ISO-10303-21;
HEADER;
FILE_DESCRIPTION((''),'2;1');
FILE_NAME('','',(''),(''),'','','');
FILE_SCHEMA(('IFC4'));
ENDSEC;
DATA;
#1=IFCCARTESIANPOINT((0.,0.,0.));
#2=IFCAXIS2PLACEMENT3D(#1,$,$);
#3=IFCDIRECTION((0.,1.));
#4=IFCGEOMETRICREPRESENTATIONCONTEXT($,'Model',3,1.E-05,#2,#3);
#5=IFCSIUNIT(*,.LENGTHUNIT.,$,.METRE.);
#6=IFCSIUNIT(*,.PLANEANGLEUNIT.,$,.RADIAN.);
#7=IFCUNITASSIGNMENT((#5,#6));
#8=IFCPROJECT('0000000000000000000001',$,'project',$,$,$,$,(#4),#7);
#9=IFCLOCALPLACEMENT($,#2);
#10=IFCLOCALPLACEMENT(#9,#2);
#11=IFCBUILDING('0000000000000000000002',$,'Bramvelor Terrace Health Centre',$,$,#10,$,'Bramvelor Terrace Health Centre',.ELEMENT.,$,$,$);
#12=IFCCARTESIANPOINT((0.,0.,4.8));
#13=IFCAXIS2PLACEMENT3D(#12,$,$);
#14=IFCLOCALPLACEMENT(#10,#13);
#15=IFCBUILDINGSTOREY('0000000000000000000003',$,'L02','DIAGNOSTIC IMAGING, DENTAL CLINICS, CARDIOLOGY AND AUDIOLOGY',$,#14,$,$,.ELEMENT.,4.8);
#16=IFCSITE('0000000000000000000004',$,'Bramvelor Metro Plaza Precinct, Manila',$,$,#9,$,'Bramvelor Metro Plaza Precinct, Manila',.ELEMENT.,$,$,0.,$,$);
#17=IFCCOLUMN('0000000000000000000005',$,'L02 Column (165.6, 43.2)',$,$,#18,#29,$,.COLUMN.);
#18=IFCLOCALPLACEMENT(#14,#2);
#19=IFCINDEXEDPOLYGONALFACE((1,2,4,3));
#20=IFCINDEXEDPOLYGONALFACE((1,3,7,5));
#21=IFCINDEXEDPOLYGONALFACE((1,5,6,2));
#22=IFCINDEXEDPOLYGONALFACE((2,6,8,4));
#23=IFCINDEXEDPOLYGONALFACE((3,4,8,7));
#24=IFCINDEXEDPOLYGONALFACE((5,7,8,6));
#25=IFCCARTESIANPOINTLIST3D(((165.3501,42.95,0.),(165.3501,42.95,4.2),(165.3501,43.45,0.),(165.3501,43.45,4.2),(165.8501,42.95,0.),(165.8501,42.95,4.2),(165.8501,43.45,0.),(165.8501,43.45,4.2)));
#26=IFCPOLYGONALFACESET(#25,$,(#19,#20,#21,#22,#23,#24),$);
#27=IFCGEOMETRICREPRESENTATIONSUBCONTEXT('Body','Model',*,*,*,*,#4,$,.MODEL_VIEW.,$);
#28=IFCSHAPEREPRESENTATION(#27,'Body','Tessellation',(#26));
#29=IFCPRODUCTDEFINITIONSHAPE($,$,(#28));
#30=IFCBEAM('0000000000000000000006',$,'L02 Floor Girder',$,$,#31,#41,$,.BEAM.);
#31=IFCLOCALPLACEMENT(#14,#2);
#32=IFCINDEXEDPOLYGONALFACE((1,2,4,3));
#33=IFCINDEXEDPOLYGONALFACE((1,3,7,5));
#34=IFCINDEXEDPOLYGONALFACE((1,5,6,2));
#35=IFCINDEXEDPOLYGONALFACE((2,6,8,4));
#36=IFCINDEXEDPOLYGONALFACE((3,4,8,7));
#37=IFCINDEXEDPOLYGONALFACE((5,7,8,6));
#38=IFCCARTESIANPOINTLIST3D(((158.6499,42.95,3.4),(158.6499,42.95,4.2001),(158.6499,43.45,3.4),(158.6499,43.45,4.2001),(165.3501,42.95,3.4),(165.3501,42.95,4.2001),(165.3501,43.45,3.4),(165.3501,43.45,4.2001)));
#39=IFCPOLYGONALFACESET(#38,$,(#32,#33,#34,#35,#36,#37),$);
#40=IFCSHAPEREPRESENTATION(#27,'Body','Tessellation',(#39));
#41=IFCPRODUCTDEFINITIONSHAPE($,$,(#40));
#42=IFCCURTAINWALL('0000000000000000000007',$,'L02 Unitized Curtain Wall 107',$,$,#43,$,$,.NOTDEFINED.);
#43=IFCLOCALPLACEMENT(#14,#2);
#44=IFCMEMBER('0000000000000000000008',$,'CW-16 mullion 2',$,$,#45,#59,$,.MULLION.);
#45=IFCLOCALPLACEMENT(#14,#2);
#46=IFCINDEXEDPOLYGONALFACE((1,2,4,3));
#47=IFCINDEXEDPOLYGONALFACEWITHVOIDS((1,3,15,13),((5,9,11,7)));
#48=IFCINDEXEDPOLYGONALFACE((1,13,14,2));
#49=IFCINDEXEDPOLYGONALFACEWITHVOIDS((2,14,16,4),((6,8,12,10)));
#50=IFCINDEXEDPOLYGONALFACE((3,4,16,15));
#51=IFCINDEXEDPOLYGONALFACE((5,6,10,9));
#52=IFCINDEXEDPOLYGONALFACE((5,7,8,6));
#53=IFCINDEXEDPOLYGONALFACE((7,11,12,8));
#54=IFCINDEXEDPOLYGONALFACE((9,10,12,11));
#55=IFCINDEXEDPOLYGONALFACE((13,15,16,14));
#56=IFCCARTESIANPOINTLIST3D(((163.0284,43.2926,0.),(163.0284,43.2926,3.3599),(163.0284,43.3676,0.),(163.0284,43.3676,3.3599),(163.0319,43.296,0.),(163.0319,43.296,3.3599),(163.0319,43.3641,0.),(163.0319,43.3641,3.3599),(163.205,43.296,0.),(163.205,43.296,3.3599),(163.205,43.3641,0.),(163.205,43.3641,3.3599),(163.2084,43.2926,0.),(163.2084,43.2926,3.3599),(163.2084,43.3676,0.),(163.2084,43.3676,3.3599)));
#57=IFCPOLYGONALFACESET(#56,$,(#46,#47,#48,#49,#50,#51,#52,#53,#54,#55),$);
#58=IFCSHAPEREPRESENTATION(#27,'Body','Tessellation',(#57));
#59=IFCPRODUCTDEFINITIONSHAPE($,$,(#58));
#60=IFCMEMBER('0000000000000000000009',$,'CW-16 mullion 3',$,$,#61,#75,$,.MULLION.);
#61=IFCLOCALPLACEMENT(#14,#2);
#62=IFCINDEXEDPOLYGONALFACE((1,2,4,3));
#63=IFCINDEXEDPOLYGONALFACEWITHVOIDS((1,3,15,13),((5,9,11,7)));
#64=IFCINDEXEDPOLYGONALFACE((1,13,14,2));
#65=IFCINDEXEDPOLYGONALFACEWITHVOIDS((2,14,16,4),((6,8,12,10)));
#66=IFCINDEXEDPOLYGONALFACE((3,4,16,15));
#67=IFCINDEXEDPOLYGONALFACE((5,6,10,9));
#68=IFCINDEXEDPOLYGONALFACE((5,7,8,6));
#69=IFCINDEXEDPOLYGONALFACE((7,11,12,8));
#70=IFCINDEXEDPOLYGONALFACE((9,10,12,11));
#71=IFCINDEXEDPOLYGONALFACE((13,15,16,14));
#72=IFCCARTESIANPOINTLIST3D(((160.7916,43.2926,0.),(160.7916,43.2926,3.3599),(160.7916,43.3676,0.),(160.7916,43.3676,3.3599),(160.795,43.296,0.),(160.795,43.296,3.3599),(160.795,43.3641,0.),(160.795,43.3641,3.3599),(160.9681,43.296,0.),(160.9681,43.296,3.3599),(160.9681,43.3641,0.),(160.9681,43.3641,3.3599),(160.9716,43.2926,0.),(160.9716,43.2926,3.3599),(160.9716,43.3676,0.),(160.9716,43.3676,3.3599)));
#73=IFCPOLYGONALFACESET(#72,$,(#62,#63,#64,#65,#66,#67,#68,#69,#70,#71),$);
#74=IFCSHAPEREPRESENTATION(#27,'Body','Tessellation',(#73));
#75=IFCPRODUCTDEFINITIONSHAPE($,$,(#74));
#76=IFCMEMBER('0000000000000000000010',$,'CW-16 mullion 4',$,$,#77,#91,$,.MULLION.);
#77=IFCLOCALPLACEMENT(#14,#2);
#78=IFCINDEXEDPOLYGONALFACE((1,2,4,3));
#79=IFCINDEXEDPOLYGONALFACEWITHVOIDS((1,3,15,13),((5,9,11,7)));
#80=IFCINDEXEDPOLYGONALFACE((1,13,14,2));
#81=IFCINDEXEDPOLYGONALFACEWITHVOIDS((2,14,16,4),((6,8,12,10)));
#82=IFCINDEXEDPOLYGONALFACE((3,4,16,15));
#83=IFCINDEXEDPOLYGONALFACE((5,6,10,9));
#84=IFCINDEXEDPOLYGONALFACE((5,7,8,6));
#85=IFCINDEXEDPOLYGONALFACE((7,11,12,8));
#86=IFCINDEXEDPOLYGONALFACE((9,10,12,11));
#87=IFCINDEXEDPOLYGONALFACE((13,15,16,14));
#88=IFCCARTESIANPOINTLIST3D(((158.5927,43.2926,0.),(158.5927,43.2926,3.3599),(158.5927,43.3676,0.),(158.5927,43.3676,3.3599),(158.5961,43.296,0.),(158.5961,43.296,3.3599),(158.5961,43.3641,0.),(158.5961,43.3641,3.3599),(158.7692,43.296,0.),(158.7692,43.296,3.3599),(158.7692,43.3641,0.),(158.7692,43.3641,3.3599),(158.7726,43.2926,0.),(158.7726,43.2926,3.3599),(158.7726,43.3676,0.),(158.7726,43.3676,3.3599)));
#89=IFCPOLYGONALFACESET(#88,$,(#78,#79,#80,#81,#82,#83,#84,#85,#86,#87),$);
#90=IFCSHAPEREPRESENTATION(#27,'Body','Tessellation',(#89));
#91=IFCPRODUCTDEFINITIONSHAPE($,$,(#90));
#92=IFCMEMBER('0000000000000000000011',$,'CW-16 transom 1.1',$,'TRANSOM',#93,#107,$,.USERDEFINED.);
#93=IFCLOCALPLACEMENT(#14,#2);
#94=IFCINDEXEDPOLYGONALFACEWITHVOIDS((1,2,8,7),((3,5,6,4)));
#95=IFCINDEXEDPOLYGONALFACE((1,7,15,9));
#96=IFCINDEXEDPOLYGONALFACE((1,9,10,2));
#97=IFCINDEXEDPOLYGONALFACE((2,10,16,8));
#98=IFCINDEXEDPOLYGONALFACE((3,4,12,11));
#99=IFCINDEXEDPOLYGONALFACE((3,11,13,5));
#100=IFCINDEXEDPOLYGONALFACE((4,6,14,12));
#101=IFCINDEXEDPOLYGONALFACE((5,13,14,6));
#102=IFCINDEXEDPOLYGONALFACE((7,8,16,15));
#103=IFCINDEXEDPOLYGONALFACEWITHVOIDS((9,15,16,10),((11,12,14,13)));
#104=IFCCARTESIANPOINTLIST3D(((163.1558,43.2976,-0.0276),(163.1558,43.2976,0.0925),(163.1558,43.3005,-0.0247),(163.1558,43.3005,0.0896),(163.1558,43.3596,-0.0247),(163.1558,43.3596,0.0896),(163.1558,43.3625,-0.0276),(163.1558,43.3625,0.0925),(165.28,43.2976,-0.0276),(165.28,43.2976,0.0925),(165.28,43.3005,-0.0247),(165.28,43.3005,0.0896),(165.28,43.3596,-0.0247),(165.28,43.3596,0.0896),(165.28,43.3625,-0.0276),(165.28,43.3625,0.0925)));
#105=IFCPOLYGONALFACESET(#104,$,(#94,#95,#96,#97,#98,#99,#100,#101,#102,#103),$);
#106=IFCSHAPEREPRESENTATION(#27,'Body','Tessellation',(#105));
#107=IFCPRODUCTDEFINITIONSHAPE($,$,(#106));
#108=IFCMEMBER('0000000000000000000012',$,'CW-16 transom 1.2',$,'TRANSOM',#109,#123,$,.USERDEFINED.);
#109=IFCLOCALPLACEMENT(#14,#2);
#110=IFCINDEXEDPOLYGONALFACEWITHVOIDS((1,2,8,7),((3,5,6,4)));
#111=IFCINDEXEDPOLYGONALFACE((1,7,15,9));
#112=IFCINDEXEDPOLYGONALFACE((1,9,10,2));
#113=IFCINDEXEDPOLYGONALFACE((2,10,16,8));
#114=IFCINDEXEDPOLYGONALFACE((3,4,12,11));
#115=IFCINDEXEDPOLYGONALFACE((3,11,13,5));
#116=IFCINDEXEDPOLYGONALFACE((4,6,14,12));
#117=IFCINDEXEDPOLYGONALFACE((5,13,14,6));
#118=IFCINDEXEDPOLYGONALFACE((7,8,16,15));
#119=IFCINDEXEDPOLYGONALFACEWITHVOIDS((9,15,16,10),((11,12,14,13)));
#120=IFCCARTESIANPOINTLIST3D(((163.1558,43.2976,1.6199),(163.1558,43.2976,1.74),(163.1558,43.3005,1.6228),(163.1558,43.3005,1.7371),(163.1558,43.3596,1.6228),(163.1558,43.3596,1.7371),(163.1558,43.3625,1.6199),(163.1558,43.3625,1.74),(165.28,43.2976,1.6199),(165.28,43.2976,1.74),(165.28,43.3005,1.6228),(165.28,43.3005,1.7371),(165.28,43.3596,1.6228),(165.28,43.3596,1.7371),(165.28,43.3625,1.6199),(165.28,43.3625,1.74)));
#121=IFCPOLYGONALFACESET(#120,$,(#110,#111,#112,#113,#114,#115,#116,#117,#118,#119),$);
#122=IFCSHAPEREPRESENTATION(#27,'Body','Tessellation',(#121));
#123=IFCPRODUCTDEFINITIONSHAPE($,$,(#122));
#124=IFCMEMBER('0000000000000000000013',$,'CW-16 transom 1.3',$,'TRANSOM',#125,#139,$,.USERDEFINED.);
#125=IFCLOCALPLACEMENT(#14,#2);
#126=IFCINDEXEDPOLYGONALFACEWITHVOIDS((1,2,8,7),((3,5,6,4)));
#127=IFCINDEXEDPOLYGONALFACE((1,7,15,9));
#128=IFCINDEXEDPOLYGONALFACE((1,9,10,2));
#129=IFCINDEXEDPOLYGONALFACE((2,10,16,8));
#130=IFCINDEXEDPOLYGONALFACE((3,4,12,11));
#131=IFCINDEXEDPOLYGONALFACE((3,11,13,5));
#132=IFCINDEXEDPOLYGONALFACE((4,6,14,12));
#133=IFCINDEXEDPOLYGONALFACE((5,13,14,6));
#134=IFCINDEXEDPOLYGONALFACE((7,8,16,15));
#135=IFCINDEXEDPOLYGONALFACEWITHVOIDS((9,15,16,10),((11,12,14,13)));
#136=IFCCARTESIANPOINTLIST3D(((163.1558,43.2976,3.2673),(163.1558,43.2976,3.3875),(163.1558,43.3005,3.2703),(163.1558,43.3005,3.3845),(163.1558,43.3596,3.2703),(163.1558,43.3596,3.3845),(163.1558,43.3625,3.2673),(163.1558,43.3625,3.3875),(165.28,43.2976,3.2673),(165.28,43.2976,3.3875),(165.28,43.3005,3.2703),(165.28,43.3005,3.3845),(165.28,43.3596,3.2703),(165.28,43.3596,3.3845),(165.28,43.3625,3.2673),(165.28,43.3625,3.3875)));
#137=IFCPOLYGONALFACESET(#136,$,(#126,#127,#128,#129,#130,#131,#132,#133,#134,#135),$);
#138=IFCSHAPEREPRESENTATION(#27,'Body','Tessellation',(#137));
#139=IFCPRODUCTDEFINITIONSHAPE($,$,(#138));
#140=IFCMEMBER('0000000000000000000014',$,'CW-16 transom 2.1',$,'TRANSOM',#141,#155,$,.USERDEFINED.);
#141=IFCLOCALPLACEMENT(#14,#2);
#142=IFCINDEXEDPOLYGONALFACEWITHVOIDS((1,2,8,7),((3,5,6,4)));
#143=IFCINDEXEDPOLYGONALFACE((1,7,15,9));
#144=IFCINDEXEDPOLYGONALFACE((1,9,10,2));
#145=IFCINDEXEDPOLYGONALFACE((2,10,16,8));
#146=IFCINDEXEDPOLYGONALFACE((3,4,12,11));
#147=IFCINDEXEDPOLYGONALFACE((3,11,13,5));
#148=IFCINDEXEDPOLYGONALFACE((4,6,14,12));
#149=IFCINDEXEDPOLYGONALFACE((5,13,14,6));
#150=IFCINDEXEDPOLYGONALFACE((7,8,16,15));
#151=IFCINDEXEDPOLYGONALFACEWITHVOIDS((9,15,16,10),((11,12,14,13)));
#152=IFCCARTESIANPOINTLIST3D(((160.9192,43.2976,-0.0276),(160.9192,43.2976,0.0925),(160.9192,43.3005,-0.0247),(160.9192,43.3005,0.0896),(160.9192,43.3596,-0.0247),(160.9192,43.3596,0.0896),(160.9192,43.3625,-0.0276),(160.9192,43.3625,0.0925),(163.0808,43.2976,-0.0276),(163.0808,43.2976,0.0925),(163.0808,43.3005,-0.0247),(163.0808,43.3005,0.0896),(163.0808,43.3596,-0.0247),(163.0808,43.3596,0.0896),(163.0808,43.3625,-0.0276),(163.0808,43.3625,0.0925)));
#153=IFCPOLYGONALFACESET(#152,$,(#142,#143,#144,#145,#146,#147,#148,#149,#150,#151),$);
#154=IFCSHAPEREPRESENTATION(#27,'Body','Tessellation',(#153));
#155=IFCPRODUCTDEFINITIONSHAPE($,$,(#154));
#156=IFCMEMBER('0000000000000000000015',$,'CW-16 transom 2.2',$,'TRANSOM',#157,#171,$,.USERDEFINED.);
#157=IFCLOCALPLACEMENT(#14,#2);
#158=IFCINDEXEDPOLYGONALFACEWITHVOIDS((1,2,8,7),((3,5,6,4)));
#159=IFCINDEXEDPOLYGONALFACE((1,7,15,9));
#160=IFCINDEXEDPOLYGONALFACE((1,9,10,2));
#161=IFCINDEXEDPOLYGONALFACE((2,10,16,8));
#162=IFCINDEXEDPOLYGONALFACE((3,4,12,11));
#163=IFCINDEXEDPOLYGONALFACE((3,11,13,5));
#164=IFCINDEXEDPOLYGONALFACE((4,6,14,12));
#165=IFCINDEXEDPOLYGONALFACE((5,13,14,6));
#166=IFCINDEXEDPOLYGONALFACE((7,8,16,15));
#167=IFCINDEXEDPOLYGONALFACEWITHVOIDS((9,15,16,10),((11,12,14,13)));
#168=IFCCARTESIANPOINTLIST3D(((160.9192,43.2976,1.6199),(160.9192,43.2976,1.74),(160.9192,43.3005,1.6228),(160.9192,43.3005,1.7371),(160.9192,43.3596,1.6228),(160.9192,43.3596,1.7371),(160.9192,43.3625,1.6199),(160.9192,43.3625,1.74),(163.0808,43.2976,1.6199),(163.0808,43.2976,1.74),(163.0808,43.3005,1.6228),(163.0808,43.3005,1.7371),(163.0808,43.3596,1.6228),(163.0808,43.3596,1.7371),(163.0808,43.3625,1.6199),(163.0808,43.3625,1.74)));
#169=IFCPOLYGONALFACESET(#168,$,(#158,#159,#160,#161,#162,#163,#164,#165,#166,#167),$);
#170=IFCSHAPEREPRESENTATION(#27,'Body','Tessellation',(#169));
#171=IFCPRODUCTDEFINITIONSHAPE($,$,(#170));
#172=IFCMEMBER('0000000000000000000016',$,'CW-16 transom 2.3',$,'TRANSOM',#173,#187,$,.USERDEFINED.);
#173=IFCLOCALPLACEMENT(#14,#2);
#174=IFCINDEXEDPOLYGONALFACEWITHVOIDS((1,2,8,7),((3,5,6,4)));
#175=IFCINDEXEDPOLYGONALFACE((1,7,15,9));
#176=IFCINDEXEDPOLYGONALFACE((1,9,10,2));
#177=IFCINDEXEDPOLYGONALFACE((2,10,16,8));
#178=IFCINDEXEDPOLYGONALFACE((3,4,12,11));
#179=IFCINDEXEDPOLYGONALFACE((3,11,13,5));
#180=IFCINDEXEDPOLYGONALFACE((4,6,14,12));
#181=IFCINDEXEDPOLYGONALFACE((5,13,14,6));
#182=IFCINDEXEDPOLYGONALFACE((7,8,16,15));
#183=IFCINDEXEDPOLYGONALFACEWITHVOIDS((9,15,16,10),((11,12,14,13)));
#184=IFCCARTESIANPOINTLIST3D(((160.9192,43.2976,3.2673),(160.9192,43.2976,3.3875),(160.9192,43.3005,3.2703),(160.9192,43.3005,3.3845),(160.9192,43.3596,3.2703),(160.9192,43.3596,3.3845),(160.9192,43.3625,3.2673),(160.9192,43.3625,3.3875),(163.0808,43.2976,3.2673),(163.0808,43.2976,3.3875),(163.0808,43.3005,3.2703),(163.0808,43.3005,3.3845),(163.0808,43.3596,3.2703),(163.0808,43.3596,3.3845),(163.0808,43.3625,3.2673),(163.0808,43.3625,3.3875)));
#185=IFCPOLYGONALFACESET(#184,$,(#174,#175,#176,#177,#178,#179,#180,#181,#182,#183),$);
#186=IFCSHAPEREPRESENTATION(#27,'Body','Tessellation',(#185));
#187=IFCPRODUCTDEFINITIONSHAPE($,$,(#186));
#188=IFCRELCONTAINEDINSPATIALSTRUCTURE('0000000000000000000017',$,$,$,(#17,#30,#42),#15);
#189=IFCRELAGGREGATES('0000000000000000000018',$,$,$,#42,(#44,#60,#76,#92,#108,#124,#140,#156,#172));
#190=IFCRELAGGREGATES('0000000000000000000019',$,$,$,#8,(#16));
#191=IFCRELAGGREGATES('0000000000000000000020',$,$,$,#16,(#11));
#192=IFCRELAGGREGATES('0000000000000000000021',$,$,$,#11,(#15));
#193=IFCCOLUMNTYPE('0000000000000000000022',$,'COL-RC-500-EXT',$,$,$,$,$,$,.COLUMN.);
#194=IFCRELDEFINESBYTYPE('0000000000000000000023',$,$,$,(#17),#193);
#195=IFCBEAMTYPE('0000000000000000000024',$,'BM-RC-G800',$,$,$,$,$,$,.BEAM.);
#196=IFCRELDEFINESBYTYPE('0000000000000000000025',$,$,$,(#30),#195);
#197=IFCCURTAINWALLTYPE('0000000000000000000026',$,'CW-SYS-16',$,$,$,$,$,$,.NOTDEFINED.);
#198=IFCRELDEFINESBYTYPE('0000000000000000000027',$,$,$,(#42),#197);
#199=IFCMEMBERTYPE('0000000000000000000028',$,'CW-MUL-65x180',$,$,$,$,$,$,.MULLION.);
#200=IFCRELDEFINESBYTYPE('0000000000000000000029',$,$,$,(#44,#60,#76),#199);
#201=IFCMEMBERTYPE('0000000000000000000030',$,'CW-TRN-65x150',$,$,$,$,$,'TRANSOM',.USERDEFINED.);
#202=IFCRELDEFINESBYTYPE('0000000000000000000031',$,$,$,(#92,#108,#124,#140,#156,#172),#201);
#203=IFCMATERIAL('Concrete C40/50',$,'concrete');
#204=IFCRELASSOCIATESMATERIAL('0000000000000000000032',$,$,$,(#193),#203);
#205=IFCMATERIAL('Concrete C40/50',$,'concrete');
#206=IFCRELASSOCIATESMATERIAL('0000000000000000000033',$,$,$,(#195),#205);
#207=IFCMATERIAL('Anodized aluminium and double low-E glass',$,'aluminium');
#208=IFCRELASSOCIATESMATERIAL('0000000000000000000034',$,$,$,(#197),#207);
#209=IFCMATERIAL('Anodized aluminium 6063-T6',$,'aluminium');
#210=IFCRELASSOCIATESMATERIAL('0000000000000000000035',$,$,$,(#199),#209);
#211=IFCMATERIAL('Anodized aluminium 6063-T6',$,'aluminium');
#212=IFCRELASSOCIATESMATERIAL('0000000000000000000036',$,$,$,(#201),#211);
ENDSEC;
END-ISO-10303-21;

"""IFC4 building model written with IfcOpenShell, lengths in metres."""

from ifc_helpers import new_model, si_unit, direction, frame, origin, origin_2d, place, context, subcontext, project, spatial, rectangle, hollow_rectangle, extrude, material, material_profile, profile_set, type_object, element, aggregate, save


model = new_model("IFC4")

# Units and contexts
model_context = context("Model", 3, precision=1e-05, world=origin(), true_north=direction((0.0, 1.0)))
body_context = subcontext(model_context, "Body", "Model", "MODEL_VIEW")
ifc_project = project(units=[si_unit("LENGTHUNIT", "METRE"), si_unit("PLANEANGLEUNIT", "RADIAN")], contexts=[model_context])

# Site, building, storey
site_placement = place(None, origin())
site = spatial("IfcSite", under=ifc_project, at=site_placement, Name="Bramvelor Metro Plaza Precinct, Manila", LongName="Bramvelor Metro Plaza Precinct, Manila", CompositionType="ELEMENT", RefElevation=0.0)
building_placement = place(site_placement, origin())
building = spatial("IfcBuilding", under=site, at=building_placement, Name="Bramvelor Terrace Health Centre", LongName="Bramvelor Terrace Health Centre", CompositionType="ELEMENT")
storey_placement = place(building_placement, frame((0.0, 0.0, 4.8)))
storey = spatial("IfcBuildingStorey", under=building, at=storey_placement, Name="L02", Description="DIAGNOSTIC IMAGING, DENTAL CLINICS, CARDIOLOGY AND AUDIOLOGY", CompositionType="ELEMENT", Elevation=4.8)

# Column
ifc_material_1 = material(Name="Concrete C40/50", Category="concrete")
ifc_material_profile_1 = material_profile(ifc_material_1, rectangle(XDim=0.5, YDim=0.5, at=origin_2d()), Name="RC 500x500")
ifc_profile_set_1 = profile_set([ifc_material_profile_1], Name="Concrete C40/50")
column_type = type_object("IfcColumnType", Name="COL-RC-500-EXT", PredefinedType="COLUMN", material=ifc_profile_set_1)
column_placement = place(storey_placement, frame((165.6001, 43.2, 0.0), z_axis=(0.0, 0.0, 1.0), x_axis=(1.0, 0.0, 0.0)))
element("IfcColumn", 1, at=column_placement, inside=storey, type_object=column_type, Name="L02 Column (165.6, 43.2)", PredefinedType="COLUMN", context=body_context, shape_type="SweptSolid", body=[
    extrude(rectangle(XDim=0.5, YDim=0.5, at=origin_2d()), origin(), (0.0, 0.0, 1.0), 4.2),
])

# Beam
ifc_material_2 = material(Name="Concrete C40/50", Category="concrete")
ifc_material_profile_2 = material_profile(ifc_material_2, rectangle(XDim=0.5, YDim=0.8, at=origin_2d()), Name="RC 500x800")
ifc_profile_set_2 = profile_set([ifc_material_profile_2], Name="Concrete C40/50")
beam_type = type_object("IfcBeamType", Name="BM-RC-G800", PredefinedType="BEAM", material=ifc_profile_set_2)
beam_placement = place(storey_placement, frame((158.6499, 43.2, 3.8), z_axis=(1.0, 0.0, 0.0), x_axis=(0.0, 1.0, 0.0)))
element("IfcBeam", 2, at=beam_placement, inside=storey, type_object=beam_type, Name="L02 Floor Girder", PredefinedType="BEAM", context=body_context, shape_type="SweptSolid", body=[
    extrude(rectangle(XDim=0.5, YDim=0.8, at=origin_2d()), origin(), (0.0, 0.0, 1.0), 6.7002),
])

# Curtain wall, members
ifc_material_3 = material(Name="Anodized aluminium and double low-E glass", Category="aluminium")
curtain_wall_type = type_object("IfcCurtainWallType", Name="CW-SYS-16", PredefinedType="NOTDEFINED", material=ifc_material_3)
curtain_wall_placement = place(storey_placement, origin())
curtain_wall = element("IfcCurtainWall", 3, at=curtain_wall_placement, inside=storey, type_object=curtain_wall_type, Name="L02 Unitized Curtain Wall 107", PredefinedType="NOTDEFINED")
ifc_material_4 = material(Name="Anodized aluminium 6063-T6", Category="aluminium")
ifc_material_profile_3 = material_profile(ifc_material_4, hollow_rectangle(XDim=0.075, YDim=0.1799, WallThickness=0.0034, at=origin_2d()), Name="ALU-MUL 75x180x3.5")
ifc_profile_set_3 = profile_set([ifc_material_profile_3], Name="Anodized aluminium 6063-T6")
member_type_1 = type_object("IfcMemberType", Name="CW-MUL-65x180", PredefinedType="MULLION", material=ifc_profile_set_3)
member_1_placement = place(storey_placement, frame((163.1184, 43.3301, 0.0), z_axis=(0.0, 0.0, 1.0), x_axis=(0.0, -1.0, 0.0)))
member_1 = element("IfcMember", 4, at=member_1_placement, type_object=member_type_1, Name="CW-16 mullion 2", PredefinedType="MULLION", context=body_context, shape_type="SweptSolid", body=[
    extrude(hollow_rectangle(XDim=0.075, YDim=0.1799, WallThickness=0.0034, at=origin_2d()), origin(), (0.0, 0.0, 1.0), 3.3599),
])
member_2_placement = place(storey_placement, frame((160.8816, 43.3301, 0.0), z_axis=(0.0, 0.0, 1.0), x_axis=(0.0, -1.0, 0.0)))
member_2 = element("IfcMember", 5, at=member_2_placement, type_object=member_type_1, Name="CW-16 mullion 3", PredefinedType="MULLION", context=body_context, shape_type="SweptSolid", body=[
    extrude(hollow_rectangle(XDim=0.075, YDim=0.1799, WallThickness=0.0034, at=origin_2d()), origin(), (0.0, 0.0, 1.0), 3.3599),
])
member_3_placement = place(storey_placement, frame((158.6826, 43.3301, 0.0), z_axis=(0.0, 0.0, 1.0), x_axis=(0.0, -1.0, 0.0)))
member_3 = element("IfcMember", 6, at=member_3_placement, type_object=member_type_1, Name="CW-16 mullion 4", PredefinedType="MULLION", context=body_context, shape_type="SweptSolid", body=[
    extrude(hollow_rectangle(XDim=0.075, YDim=0.1799, WallThickness=0.0034, at=origin_2d()), origin(), (0.0, 0.0, 1.0), 3.3599),
])
ifc_material_5 = material(Name="Anodized aluminium 6063-T6", Category="aluminium")
ifc_material_profile_4 = material_profile(ifc_material_5, hollow_rectangle(XDim=0.0649, YDim=0.1201, WallThickness=0.0029, at=origin_2d()), Name="ALU-TRN 65x120x3.0")
ifc_profile_set_4 = profile_set([ifc_material_profile_4], Name="Anodized aluminium 6063-T6")
member_type_2 = type_object("IfcMemberType", Name="CW-TRN-65x150", ElementType="TRANSOM", PredefinedType="USERDEFINED", material=ifc_profile_set_4)
member_4_placement = place(storey_placement, frame((165.28, 43.3301, 0.0325), z_axis=(-1.0, 0.0, 0.0), x_axis=(0.0, -1.0, 0.0)))
member_4 = element("IfcMember", 7, at=member_4_placement, type_object=member_type_2, Name="CW-16 transom 1.1", ObjectType="TRANSOM", PredefinedType="USERDEFINED", context=body_context, shape_type="SweptSolid", body=[
    extrude(hollow_rectangle(XDim=0.0649, YDim=0.1201, WallThickness=0.0029, at=origin_2d()), origin(), (0.0, 0.0, 1.0), 2.1243),
])
member_5_placement = place(storey_placement, frame((165.28, 43.3301, 1.6799), z_axis=(-1.0, 0.0, 0.0), x_axis=(0.0, -1.0, 0.0)))
member_5 = element("IfcMember", 8, at=member_5_placement, type_object=member_type_2, Name="CW-16 transom 1.2", ObjectType="TRANSOM", PredefinedType="USERDEFINED", context=body_context, shape_type="SweptSolid", body=[
    extrude(hollow_rectangle(XDim=0.0649, YDim=0.1201, WallThickness=0.0029, at=origin_2d()), origin(), (0.0, 0.0, 1.0), 2.1243),
])
member_6_placement = place(storey_placement, frame((165.28, 43.3301, 3.3274), z_axis=(-1.0, 0.0, 0.0), x_axis=(0.0, -1.0, 0.0)))
member_6 = element("IfcMember", 9, at=member_6_placement, type_object=member_type_2, Name="CW-16 transom 1.3", ObjectType="TRANSOM", PredefinedType="USERDEFINED", context=body_context, shape_type="SweptSolid", body=[
    extrude(hollow_rectangle(XDim=0.0649, YDim=0.1201, WallThickness=0.0029, at=origin_2d()), origin(), (0.0, 0.0, 1.0), 2.1243),
])
member_7_placement = place(storey_placement, frame((163.0808, 43.3301, 0.0325), z_axis=(-1.0, 0.0, 0.0), x_axis=(0.0, -1.0, 0.0)))
member_7 = element("IfcMember", 10, at=member_7_placement, type_object=member_type_2, Name="CW-16 transom 2.1", ObjectType="TRANSOM", PredefinedType="USERDEFINED", context=body_context, shape_type="SweptSolid", body=[
    extrude(hollow_rectangle(XDim=0.0649, YDim=0.1201, WallThickness=0.0029, at=origin_2d()), origin(), (0.0, 0.0, 1.0), 2.1616),
])
member_8_placement = place(storey_placement, frame((163.0808, 43.3301, 1.6799), z_axis=(-1.0, 0.0, 0.0), x_axis=(0.0, -1.0, 0.0)))
member_8 = element("IfcMember", 11, at=member_8_placement, type_object=member_type_2, Name="CW-16 transom 2.2", ObjectType="TRANSOM", PredefinedType="USERDEFINED", context=body_context, shape_type="SweptSolid", body=[
    extrude(hollow_rectangle(XDim=0.0649, YDim=0.1201, WallThickness=0.0029, at=origin_2d()), origin(), (0.0, 0.0, 1.0), 2.1616),
])
member_9_placement = place(storey_placement, frame((163.0808, 43.3301, 3.3274), z_axis=(-1.0, 0.0, 0.0), x_axis=(0.0, -1.0, 0.0)))
member_9 = element("IfcMember", 12, at=member_9_placement, type_object=member_type_2, Name="CW-16 transom 2.3", ObjectType="TRANSOM", PredefinedType="USERDEFINED", context=body_context, shape_type="SweptSolid", body=[
    extrude(hollow_rectangle(XDim=0.0649, YDim=0.1201, WallThickness=0.0029, at=origin_2d()), origin(), (0.0, 0.0, 1.0), 2.1616),
])
aggregate(curtain_wall, [member_1, member_2, member_3, member_4, member_5, member_6, member_7, member_8, member_9])

save(model, "model.ifc")
